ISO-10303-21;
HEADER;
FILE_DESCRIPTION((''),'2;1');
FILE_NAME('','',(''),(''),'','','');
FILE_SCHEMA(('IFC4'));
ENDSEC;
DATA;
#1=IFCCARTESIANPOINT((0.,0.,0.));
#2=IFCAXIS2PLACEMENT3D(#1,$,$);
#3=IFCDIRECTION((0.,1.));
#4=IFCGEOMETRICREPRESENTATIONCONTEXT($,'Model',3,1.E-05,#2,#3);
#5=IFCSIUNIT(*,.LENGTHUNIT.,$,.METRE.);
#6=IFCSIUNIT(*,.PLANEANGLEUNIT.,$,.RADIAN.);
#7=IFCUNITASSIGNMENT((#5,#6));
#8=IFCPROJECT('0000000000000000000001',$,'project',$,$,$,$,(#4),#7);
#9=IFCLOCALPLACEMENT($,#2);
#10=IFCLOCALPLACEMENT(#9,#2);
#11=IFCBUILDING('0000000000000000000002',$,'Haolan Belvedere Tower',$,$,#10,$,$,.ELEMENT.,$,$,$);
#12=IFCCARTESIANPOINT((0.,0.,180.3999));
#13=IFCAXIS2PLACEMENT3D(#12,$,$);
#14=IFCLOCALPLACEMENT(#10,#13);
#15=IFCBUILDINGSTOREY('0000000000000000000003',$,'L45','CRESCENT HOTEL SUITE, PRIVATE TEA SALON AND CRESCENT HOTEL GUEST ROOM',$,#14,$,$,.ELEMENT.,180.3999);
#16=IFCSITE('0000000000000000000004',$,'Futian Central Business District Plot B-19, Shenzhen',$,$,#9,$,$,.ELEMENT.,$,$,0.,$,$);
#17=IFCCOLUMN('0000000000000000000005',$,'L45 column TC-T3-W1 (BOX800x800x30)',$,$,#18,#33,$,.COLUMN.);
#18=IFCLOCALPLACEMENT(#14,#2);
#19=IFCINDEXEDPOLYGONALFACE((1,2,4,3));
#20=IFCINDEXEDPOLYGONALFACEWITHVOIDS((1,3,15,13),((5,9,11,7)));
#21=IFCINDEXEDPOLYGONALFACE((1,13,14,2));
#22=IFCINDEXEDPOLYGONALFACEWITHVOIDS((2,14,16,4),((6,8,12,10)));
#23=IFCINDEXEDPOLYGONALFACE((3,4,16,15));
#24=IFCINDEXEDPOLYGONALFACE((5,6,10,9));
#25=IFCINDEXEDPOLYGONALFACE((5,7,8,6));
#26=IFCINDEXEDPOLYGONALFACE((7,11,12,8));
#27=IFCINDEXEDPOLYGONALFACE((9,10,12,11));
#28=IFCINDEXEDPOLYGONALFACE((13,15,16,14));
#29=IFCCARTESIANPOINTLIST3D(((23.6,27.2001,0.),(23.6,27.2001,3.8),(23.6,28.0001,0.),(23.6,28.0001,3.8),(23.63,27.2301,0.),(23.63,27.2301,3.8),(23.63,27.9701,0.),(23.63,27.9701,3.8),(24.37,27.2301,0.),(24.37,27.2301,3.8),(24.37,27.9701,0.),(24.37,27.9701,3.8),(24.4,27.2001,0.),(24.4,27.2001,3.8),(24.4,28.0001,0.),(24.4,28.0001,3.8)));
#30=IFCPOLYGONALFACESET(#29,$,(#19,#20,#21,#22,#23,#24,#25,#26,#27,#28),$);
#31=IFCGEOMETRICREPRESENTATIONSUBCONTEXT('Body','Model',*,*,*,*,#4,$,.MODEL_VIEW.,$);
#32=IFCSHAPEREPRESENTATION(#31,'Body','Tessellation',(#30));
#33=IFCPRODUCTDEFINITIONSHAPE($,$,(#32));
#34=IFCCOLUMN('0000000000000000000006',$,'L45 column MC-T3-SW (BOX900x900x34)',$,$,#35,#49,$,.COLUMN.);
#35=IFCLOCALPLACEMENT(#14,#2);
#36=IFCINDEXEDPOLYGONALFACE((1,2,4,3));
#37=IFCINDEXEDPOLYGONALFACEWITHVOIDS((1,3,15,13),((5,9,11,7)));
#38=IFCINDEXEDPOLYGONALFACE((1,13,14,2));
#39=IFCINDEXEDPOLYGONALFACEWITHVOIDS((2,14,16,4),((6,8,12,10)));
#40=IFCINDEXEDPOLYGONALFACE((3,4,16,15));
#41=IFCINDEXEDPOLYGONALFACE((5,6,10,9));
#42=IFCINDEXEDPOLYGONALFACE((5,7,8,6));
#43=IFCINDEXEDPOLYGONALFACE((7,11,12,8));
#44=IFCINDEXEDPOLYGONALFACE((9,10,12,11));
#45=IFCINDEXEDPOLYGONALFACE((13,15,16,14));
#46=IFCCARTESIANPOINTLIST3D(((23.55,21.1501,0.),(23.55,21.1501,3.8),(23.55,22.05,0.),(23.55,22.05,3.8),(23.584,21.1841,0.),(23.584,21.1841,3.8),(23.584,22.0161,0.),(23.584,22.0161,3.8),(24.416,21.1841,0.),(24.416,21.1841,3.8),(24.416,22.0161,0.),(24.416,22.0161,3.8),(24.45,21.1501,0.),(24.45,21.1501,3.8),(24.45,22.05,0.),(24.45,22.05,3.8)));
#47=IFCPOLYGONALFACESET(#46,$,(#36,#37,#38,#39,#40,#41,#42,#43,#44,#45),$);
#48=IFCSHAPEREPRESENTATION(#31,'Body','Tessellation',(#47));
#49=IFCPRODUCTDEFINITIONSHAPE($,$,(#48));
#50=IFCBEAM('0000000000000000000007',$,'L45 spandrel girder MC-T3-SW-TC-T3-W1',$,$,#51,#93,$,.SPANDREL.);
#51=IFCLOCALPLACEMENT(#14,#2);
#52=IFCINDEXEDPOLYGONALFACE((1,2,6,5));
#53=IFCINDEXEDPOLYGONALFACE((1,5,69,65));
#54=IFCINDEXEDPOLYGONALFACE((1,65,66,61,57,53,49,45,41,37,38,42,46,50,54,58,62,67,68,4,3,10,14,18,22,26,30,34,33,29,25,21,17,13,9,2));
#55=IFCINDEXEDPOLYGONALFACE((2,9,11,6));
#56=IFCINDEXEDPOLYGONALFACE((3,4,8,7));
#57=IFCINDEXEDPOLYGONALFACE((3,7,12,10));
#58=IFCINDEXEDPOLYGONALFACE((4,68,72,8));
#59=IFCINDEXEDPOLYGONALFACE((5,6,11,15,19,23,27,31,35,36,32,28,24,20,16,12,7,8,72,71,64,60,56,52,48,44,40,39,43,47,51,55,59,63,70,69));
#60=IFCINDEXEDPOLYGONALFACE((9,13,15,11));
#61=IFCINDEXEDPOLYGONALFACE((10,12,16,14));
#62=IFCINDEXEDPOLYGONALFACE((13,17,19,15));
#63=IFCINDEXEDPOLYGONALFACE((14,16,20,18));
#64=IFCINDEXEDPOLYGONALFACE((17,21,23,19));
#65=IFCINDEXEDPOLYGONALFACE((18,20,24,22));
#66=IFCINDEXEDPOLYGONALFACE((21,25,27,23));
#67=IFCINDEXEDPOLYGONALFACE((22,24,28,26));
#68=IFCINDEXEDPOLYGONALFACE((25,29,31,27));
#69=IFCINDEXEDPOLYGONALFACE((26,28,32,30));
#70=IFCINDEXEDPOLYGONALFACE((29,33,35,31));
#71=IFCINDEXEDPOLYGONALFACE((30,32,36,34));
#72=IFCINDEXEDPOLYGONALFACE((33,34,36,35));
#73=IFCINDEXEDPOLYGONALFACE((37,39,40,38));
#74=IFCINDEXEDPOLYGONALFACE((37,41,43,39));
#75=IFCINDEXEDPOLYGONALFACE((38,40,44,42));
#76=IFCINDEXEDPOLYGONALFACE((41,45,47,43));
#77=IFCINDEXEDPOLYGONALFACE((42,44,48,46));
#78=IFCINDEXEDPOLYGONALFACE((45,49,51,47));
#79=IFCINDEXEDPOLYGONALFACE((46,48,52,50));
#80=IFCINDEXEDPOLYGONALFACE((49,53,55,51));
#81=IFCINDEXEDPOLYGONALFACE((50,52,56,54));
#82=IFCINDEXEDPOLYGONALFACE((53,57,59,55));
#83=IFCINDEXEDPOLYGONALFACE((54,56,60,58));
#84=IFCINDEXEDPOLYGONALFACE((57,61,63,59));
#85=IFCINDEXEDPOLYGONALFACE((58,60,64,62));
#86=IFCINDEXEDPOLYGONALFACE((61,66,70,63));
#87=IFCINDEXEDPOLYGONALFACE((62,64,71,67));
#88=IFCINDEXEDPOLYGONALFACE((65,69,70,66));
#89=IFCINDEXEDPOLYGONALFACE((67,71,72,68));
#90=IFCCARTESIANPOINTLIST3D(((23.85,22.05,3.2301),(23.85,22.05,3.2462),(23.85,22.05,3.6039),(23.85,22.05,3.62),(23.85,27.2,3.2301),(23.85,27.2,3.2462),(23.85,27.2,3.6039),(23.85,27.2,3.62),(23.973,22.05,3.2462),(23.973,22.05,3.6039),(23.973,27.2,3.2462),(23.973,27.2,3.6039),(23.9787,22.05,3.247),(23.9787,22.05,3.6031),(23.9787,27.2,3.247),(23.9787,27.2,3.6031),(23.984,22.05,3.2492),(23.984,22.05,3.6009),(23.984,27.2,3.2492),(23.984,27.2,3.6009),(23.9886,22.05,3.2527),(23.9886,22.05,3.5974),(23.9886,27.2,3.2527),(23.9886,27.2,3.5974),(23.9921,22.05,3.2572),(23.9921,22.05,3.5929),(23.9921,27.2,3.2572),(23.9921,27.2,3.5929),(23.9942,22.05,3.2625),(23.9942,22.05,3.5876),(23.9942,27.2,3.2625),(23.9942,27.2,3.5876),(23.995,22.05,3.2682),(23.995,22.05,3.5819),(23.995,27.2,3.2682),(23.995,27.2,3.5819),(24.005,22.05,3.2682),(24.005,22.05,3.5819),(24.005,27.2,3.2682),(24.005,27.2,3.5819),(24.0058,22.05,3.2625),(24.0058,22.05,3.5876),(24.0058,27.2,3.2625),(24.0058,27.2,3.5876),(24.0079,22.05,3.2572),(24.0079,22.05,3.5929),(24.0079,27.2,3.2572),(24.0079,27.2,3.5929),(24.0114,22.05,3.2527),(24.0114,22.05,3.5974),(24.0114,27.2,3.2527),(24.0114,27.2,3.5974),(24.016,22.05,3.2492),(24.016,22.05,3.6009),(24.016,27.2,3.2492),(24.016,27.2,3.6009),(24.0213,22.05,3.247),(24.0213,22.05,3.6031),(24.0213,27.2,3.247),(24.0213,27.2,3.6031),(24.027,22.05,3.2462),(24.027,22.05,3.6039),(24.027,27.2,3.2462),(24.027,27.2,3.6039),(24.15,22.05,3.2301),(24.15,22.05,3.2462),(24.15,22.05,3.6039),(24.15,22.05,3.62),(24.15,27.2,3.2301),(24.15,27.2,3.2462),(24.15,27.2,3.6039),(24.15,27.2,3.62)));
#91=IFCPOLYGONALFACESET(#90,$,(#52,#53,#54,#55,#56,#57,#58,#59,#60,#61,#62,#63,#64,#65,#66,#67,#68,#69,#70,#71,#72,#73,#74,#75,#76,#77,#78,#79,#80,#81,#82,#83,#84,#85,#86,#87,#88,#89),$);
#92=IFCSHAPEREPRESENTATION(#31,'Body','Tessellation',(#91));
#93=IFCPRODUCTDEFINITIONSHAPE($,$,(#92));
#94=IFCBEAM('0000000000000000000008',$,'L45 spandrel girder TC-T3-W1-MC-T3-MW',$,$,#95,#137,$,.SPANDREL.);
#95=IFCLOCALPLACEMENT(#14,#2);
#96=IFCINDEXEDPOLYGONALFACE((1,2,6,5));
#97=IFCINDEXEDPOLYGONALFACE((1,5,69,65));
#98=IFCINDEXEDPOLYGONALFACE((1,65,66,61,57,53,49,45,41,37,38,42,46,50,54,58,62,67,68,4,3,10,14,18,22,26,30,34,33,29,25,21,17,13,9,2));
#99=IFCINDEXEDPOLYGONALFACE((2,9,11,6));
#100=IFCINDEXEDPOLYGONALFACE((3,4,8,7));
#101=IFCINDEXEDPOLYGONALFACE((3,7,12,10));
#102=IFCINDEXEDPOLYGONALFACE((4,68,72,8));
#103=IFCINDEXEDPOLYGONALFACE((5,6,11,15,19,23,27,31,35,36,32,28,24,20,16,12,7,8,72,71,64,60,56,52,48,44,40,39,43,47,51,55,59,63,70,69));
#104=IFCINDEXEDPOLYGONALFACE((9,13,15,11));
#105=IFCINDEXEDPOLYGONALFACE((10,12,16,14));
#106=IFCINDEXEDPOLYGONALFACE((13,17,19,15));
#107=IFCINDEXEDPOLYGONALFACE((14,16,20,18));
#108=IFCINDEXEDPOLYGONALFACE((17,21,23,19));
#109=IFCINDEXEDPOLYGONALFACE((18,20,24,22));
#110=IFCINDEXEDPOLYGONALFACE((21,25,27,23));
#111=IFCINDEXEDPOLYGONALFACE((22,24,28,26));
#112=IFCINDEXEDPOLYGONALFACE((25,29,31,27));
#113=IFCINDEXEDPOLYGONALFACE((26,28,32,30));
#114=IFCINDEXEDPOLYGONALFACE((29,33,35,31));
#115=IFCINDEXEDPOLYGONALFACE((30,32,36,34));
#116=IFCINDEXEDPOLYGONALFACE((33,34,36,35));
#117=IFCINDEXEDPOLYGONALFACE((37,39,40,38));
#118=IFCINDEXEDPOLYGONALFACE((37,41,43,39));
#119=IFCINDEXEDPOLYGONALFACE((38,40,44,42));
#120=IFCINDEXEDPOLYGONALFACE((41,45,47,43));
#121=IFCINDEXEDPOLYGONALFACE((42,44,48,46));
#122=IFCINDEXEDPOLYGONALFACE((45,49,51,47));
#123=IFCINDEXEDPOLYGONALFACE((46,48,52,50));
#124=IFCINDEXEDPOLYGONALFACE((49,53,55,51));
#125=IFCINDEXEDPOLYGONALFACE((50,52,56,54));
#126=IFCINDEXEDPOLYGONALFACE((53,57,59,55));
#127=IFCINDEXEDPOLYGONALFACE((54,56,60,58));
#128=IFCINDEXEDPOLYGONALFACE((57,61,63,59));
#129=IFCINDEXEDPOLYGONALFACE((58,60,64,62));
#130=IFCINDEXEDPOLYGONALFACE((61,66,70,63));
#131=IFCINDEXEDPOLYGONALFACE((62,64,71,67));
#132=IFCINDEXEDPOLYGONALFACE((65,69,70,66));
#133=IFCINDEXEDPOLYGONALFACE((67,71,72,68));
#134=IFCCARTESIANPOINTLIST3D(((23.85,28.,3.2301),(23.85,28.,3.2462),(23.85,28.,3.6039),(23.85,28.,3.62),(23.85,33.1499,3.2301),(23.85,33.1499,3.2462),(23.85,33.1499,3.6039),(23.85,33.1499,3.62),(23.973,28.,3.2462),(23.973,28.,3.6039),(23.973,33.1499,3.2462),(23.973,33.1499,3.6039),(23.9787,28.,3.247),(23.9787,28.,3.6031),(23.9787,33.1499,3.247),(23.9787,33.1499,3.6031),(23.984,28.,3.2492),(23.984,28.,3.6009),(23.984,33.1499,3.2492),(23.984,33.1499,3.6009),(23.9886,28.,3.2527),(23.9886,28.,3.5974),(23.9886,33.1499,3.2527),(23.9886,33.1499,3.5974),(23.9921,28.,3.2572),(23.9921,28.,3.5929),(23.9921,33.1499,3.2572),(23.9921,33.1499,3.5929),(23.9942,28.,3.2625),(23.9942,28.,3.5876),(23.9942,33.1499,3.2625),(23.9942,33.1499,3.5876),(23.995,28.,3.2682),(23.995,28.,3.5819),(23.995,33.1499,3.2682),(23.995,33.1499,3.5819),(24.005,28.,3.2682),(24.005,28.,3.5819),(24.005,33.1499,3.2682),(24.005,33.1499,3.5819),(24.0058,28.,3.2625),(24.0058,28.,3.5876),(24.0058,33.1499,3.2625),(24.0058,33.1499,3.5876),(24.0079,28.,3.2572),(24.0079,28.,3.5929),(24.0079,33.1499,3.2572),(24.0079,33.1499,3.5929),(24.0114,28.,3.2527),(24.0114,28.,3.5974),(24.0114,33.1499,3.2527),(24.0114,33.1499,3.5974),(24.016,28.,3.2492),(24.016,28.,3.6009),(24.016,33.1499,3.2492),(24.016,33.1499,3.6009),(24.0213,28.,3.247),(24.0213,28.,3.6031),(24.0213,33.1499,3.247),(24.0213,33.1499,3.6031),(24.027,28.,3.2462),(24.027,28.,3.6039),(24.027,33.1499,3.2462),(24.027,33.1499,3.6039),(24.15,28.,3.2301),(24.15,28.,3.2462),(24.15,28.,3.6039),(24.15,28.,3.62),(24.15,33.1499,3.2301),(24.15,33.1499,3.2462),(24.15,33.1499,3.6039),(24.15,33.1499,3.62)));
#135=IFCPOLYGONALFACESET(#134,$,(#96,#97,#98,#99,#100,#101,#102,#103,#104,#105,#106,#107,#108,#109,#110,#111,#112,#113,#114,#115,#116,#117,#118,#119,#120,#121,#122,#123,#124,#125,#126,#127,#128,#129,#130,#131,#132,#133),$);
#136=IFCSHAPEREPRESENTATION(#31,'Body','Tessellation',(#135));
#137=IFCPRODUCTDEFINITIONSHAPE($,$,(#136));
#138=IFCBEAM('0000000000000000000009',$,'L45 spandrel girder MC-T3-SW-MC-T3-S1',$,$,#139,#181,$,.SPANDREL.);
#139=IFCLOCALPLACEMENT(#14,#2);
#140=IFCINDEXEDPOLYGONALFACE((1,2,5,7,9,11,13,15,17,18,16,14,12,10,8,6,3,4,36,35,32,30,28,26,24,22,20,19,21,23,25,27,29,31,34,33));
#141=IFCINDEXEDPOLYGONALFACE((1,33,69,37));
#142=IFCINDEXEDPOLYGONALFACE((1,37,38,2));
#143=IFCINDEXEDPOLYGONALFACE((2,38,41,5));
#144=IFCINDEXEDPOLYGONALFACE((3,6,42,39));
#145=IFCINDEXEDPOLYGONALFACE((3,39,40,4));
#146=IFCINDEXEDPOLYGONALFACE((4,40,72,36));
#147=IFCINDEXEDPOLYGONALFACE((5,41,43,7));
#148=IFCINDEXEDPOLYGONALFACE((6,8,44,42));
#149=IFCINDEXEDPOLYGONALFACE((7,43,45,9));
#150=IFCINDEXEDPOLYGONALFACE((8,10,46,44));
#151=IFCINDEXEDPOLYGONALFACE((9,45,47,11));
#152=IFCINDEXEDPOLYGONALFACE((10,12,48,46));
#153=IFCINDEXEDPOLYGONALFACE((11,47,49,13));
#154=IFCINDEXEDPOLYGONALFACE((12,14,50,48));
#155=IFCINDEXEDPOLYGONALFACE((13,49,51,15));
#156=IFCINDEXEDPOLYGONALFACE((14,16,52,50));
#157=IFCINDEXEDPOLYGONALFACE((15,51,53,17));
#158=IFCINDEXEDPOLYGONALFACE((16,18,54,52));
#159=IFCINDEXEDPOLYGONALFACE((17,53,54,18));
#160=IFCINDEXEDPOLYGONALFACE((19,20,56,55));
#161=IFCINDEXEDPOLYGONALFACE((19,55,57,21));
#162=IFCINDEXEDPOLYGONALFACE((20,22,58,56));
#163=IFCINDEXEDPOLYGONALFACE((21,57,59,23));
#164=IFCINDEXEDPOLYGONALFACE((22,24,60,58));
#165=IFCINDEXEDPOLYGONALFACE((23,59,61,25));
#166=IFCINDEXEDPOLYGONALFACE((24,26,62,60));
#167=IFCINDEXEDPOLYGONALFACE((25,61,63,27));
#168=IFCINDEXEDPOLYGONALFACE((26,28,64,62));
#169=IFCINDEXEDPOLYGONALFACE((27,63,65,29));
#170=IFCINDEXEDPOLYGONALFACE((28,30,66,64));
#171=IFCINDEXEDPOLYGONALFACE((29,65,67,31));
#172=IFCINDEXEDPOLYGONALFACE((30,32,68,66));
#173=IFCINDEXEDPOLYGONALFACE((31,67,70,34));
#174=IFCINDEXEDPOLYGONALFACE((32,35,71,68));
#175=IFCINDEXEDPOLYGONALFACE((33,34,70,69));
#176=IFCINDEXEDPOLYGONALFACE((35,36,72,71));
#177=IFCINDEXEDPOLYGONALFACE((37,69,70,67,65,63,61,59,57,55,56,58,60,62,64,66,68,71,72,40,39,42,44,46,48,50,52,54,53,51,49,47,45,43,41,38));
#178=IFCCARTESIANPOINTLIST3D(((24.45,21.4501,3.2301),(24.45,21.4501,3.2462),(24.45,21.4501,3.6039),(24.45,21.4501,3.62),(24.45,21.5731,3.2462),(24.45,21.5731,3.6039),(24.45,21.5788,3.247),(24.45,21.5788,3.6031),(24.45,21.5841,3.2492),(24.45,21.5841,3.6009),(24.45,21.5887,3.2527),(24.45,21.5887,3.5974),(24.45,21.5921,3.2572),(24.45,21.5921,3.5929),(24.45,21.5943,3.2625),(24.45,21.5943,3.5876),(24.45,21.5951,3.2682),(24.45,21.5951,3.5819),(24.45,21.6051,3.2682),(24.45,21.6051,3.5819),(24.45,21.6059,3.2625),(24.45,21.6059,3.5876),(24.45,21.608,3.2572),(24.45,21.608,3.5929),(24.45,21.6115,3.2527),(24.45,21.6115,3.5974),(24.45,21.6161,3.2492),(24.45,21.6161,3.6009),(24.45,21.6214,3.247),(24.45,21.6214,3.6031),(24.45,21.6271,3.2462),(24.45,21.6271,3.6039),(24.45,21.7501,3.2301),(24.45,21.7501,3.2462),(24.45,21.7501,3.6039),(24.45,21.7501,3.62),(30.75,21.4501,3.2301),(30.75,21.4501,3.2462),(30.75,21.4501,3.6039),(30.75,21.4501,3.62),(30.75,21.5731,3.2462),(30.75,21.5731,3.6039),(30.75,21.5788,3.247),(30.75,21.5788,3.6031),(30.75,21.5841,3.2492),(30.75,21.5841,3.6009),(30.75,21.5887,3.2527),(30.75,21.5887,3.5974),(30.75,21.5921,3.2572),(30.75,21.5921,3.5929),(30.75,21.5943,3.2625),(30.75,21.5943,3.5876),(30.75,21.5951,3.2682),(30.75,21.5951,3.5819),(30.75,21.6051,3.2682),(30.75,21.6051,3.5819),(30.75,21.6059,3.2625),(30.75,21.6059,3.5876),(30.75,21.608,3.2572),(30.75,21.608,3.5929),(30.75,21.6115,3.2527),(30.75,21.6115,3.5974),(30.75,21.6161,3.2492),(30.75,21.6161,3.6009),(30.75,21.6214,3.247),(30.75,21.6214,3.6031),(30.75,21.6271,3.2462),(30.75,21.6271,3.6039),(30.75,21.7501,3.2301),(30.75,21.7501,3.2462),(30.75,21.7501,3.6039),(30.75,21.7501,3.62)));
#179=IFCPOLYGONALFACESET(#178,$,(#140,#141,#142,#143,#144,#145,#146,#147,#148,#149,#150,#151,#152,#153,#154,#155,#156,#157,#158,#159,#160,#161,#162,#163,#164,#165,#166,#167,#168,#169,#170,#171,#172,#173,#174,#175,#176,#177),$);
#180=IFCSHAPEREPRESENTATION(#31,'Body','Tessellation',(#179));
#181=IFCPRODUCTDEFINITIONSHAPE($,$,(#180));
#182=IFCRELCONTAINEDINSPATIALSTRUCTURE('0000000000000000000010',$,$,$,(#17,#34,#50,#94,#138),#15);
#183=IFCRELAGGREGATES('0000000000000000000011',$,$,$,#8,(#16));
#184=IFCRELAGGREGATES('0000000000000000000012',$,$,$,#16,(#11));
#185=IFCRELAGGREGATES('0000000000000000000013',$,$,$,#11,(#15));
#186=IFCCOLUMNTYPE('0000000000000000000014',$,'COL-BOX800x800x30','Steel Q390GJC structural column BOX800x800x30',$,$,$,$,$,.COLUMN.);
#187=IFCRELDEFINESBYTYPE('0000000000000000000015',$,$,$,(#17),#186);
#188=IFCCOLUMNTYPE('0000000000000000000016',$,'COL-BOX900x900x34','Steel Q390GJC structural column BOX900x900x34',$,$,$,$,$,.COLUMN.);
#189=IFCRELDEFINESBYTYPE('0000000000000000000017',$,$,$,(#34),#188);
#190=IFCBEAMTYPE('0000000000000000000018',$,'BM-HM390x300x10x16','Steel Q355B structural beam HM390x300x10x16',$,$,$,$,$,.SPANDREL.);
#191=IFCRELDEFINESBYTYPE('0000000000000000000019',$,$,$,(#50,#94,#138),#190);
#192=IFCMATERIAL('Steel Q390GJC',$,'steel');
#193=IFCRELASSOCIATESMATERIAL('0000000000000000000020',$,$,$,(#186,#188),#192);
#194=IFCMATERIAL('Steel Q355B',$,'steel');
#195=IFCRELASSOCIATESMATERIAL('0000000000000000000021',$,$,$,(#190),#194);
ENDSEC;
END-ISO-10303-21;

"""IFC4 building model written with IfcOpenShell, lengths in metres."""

from ifc_helpers import new_model, si_unit, direction, frame, origin, origin_2d, place, context, subcontext, project, spatial, hollow_rectangle, i_section, extrude, material, material_profile, profile_set, type_object, element, save


model = new_model("IFC4")

# Units and contexts
model_context = context("Model", 3, precision=1e-05, world=origin(), true_north=direction((0.0, 1.0)))
body_context = subcontext(model_context, "Body", "Model", "MODEL_VIEW")
ifc_project = project(units=[si_unit("LENGTHUNIT", "METRE"), si_unit("PLANEANGLEUNIT", "RADIAN")], contexts=[model_context])

# Site, building, storey
site_placement = place(None, origin())
site = spatial("IfcSite", under=ifc_project, at=site_placement, Name="Futian Central Business District Plot B-19, Shenzhen", CompositionType="ELEMENT", RefElevation=0.0)
building_placement = place(site_placement, origin())
building = spatial("IfcBuilding", under=site, at=building_placement, Name="Haolan Belvedere Tower", CompositionType="ELEMENT")
storey_placement = place(building_placement, frame((0.0, 0.0, 180.3999)))
storey = spatial("IfcBuildingStorey", under=building, at=storey_placement, Name="L45", Description="CRESCENT HOTEL SUITE, PRIVATE TEA SALON AND CRESCENT HOTEL GUEST ROOM", CompositionType="ELEMENT", Elevation=180.3999)

# Columns
ifc_material_1 = material(Name="Steel Q390GJC", Category="steel")
ifc_material_profile_1 = material_profile(ifc_material_1, hollow_rectangle(XDim=0.8, YDim=0.8, WallThickness=0.03, at=origin_2d()), Name="Steel Q390GJC")
ifc_profile_set_1 = profile_set([ifc_material_profile_1], Name="Steel Q390GJC")
column_type_1 = type_object("IfcColumnType", Name="COL-BOX800x800x30", Description="Steel Q390GJC structural column BOX800x800x30", PredefinedType="COLUMN", material=ifc_profile_set_1)
column_1_placement = place(storey_placement, frame((24.0, 27.6001, 0.0), z_axis=(0.0, 0.0, 1.0), x_axis=(1.0, 0.0, 0.0)))
element("IfcColumn", 1, at=column_1_placement, inside=storey, type_object=column_type_1, Name="L45 column TC-T3-W1 (BOX800x800x30)", PredefinedType="COLUMN", context=body_context, shape_type="SweptSolid", body=[
    extrude(hollow_rectangle(XDim=0.8, YDim=0.8, WallThickness=0.03, at=origin_2d()), origin(), (0.0, 0.0, 1.0), 3.8),
])
ifc_material_profile_2 = material_profile(ifc_material_1, hollow_rectangle(XDim=0.8999, YDim=0.8999, WallThickness=0.0339, at=origin_2d()), Name="Steel Q390GJC")
ifc_profile_set_2 = profile_set([ifc_material_profile_2], Name="Steel Q390GJC")
column_type_2 = type_object("IfcColumnType", Name="COL-BOX900x900x34", Description="Steel Q390GJC structural column BOX900x900x34", PredefinedType="COLUMN", material=ifc_profile_set_2)
column_2_placement = place(storey_placement, frame((24.0, 21.6001, 0.0), z_axis=(0.0, 0.0, 1.0), x_axis=(1.0, 0.0, 0.0)))
element("IfcColumn", 2, at=column_2_placement, inside=storey, type_object=column_type_2, Name="L45 column MC-T3-SW (BOX900x900x34)", PredefinedType="COLUMN", context=body_context, shape_type="SweptSolid", body=[
    extrude(hollow_rectangle(XDim=0.8999, YDim=0.8999, WallThickness=0.0339, at=origin_2d()), origin(), (0.0, 0.0, 1.0), 3.8),
])

# Beams
ifc_material_2 = material(Name="Steel Q355B", Category="steel")
ifc_material_profile_3 = material_profile(ifc_material_2, i_section(OverallWidth=0.3, OverallDepth=0.3899, WebThickness=0.01, FlangeThickness=0.0161, FilletRadius=0.022, at=origin_2d()), Name="Steel Q355B")
ifc_profile_set_3 = profile_set([ifc_material_profile_3], Name="Steel Q355B")
beam_type_1 = type_object("IfcBeamType", Name="BM-HM390x300x10x16", Description="Steel Q355B structural beam HM390x300x10x16", PredefinedType="SPANDREL", material=ifc_profile_set_3)
for number, where, z_axis, x_axis, name in (
    (3, (24.0, 22.05, 3.425), (0.0, 1.0, 0.0), (-1.0, 0.0, 0.0), "L45 spandrel girder MC-T3-SW-TC-T3-W1"),
    (4, (24.0, 28.0, 3.425), (0.0, 1.0, 0.0), (-1.0, 0.0, 0.0), "L45 spandrel girder TC-T3-W1-MC-T3-MW"),
):
    element("IfcBeam", number, at=place(storey_placement, frame(where, z_axis=z_axis, x_axis=x_axis)), inside=storey, type_object=beam_type_1, Name=name, PredefinedType="SPANDREL", context=body_context, shape_type="SweptSolid", body=[
        extrude(i_section(OverallWidth=0.3, OverallDepth=0.3899, WebThickness=0.01, FlangeThickness=0.0161, FilletRadius=0.022, at=origin_2d()), origin(), (0.0, 0.0, 1.0), 5.1499),
    ])
beam_1_placement = place(storey_placement, frame((24.45, 21.6001, 3.425), z_axis=(1.0, 0.0, 0.0), x_axis=(0.0, 1.0, 0.0)))
element("IfcBeam", 5, at=beam_1_placement, inside=storey, type_object=beam_type_1, Name="L45 spandrel girder MC-T3-SW-MC-T3-S1", PredefinedType="SPANDREL", context=body_context, shape_type="SweptSolid", body=[
    extrude(i_section(OverallWidth=0.3, OverallDepth=0.3899, WebThickness=0.01, FlangeThickness=0.0161, FilletRadius=0.022, at=origin_2d()), origin(), (0.0, 0.0, 1.0), 6.3),
])

save(model, "model.ifc")
